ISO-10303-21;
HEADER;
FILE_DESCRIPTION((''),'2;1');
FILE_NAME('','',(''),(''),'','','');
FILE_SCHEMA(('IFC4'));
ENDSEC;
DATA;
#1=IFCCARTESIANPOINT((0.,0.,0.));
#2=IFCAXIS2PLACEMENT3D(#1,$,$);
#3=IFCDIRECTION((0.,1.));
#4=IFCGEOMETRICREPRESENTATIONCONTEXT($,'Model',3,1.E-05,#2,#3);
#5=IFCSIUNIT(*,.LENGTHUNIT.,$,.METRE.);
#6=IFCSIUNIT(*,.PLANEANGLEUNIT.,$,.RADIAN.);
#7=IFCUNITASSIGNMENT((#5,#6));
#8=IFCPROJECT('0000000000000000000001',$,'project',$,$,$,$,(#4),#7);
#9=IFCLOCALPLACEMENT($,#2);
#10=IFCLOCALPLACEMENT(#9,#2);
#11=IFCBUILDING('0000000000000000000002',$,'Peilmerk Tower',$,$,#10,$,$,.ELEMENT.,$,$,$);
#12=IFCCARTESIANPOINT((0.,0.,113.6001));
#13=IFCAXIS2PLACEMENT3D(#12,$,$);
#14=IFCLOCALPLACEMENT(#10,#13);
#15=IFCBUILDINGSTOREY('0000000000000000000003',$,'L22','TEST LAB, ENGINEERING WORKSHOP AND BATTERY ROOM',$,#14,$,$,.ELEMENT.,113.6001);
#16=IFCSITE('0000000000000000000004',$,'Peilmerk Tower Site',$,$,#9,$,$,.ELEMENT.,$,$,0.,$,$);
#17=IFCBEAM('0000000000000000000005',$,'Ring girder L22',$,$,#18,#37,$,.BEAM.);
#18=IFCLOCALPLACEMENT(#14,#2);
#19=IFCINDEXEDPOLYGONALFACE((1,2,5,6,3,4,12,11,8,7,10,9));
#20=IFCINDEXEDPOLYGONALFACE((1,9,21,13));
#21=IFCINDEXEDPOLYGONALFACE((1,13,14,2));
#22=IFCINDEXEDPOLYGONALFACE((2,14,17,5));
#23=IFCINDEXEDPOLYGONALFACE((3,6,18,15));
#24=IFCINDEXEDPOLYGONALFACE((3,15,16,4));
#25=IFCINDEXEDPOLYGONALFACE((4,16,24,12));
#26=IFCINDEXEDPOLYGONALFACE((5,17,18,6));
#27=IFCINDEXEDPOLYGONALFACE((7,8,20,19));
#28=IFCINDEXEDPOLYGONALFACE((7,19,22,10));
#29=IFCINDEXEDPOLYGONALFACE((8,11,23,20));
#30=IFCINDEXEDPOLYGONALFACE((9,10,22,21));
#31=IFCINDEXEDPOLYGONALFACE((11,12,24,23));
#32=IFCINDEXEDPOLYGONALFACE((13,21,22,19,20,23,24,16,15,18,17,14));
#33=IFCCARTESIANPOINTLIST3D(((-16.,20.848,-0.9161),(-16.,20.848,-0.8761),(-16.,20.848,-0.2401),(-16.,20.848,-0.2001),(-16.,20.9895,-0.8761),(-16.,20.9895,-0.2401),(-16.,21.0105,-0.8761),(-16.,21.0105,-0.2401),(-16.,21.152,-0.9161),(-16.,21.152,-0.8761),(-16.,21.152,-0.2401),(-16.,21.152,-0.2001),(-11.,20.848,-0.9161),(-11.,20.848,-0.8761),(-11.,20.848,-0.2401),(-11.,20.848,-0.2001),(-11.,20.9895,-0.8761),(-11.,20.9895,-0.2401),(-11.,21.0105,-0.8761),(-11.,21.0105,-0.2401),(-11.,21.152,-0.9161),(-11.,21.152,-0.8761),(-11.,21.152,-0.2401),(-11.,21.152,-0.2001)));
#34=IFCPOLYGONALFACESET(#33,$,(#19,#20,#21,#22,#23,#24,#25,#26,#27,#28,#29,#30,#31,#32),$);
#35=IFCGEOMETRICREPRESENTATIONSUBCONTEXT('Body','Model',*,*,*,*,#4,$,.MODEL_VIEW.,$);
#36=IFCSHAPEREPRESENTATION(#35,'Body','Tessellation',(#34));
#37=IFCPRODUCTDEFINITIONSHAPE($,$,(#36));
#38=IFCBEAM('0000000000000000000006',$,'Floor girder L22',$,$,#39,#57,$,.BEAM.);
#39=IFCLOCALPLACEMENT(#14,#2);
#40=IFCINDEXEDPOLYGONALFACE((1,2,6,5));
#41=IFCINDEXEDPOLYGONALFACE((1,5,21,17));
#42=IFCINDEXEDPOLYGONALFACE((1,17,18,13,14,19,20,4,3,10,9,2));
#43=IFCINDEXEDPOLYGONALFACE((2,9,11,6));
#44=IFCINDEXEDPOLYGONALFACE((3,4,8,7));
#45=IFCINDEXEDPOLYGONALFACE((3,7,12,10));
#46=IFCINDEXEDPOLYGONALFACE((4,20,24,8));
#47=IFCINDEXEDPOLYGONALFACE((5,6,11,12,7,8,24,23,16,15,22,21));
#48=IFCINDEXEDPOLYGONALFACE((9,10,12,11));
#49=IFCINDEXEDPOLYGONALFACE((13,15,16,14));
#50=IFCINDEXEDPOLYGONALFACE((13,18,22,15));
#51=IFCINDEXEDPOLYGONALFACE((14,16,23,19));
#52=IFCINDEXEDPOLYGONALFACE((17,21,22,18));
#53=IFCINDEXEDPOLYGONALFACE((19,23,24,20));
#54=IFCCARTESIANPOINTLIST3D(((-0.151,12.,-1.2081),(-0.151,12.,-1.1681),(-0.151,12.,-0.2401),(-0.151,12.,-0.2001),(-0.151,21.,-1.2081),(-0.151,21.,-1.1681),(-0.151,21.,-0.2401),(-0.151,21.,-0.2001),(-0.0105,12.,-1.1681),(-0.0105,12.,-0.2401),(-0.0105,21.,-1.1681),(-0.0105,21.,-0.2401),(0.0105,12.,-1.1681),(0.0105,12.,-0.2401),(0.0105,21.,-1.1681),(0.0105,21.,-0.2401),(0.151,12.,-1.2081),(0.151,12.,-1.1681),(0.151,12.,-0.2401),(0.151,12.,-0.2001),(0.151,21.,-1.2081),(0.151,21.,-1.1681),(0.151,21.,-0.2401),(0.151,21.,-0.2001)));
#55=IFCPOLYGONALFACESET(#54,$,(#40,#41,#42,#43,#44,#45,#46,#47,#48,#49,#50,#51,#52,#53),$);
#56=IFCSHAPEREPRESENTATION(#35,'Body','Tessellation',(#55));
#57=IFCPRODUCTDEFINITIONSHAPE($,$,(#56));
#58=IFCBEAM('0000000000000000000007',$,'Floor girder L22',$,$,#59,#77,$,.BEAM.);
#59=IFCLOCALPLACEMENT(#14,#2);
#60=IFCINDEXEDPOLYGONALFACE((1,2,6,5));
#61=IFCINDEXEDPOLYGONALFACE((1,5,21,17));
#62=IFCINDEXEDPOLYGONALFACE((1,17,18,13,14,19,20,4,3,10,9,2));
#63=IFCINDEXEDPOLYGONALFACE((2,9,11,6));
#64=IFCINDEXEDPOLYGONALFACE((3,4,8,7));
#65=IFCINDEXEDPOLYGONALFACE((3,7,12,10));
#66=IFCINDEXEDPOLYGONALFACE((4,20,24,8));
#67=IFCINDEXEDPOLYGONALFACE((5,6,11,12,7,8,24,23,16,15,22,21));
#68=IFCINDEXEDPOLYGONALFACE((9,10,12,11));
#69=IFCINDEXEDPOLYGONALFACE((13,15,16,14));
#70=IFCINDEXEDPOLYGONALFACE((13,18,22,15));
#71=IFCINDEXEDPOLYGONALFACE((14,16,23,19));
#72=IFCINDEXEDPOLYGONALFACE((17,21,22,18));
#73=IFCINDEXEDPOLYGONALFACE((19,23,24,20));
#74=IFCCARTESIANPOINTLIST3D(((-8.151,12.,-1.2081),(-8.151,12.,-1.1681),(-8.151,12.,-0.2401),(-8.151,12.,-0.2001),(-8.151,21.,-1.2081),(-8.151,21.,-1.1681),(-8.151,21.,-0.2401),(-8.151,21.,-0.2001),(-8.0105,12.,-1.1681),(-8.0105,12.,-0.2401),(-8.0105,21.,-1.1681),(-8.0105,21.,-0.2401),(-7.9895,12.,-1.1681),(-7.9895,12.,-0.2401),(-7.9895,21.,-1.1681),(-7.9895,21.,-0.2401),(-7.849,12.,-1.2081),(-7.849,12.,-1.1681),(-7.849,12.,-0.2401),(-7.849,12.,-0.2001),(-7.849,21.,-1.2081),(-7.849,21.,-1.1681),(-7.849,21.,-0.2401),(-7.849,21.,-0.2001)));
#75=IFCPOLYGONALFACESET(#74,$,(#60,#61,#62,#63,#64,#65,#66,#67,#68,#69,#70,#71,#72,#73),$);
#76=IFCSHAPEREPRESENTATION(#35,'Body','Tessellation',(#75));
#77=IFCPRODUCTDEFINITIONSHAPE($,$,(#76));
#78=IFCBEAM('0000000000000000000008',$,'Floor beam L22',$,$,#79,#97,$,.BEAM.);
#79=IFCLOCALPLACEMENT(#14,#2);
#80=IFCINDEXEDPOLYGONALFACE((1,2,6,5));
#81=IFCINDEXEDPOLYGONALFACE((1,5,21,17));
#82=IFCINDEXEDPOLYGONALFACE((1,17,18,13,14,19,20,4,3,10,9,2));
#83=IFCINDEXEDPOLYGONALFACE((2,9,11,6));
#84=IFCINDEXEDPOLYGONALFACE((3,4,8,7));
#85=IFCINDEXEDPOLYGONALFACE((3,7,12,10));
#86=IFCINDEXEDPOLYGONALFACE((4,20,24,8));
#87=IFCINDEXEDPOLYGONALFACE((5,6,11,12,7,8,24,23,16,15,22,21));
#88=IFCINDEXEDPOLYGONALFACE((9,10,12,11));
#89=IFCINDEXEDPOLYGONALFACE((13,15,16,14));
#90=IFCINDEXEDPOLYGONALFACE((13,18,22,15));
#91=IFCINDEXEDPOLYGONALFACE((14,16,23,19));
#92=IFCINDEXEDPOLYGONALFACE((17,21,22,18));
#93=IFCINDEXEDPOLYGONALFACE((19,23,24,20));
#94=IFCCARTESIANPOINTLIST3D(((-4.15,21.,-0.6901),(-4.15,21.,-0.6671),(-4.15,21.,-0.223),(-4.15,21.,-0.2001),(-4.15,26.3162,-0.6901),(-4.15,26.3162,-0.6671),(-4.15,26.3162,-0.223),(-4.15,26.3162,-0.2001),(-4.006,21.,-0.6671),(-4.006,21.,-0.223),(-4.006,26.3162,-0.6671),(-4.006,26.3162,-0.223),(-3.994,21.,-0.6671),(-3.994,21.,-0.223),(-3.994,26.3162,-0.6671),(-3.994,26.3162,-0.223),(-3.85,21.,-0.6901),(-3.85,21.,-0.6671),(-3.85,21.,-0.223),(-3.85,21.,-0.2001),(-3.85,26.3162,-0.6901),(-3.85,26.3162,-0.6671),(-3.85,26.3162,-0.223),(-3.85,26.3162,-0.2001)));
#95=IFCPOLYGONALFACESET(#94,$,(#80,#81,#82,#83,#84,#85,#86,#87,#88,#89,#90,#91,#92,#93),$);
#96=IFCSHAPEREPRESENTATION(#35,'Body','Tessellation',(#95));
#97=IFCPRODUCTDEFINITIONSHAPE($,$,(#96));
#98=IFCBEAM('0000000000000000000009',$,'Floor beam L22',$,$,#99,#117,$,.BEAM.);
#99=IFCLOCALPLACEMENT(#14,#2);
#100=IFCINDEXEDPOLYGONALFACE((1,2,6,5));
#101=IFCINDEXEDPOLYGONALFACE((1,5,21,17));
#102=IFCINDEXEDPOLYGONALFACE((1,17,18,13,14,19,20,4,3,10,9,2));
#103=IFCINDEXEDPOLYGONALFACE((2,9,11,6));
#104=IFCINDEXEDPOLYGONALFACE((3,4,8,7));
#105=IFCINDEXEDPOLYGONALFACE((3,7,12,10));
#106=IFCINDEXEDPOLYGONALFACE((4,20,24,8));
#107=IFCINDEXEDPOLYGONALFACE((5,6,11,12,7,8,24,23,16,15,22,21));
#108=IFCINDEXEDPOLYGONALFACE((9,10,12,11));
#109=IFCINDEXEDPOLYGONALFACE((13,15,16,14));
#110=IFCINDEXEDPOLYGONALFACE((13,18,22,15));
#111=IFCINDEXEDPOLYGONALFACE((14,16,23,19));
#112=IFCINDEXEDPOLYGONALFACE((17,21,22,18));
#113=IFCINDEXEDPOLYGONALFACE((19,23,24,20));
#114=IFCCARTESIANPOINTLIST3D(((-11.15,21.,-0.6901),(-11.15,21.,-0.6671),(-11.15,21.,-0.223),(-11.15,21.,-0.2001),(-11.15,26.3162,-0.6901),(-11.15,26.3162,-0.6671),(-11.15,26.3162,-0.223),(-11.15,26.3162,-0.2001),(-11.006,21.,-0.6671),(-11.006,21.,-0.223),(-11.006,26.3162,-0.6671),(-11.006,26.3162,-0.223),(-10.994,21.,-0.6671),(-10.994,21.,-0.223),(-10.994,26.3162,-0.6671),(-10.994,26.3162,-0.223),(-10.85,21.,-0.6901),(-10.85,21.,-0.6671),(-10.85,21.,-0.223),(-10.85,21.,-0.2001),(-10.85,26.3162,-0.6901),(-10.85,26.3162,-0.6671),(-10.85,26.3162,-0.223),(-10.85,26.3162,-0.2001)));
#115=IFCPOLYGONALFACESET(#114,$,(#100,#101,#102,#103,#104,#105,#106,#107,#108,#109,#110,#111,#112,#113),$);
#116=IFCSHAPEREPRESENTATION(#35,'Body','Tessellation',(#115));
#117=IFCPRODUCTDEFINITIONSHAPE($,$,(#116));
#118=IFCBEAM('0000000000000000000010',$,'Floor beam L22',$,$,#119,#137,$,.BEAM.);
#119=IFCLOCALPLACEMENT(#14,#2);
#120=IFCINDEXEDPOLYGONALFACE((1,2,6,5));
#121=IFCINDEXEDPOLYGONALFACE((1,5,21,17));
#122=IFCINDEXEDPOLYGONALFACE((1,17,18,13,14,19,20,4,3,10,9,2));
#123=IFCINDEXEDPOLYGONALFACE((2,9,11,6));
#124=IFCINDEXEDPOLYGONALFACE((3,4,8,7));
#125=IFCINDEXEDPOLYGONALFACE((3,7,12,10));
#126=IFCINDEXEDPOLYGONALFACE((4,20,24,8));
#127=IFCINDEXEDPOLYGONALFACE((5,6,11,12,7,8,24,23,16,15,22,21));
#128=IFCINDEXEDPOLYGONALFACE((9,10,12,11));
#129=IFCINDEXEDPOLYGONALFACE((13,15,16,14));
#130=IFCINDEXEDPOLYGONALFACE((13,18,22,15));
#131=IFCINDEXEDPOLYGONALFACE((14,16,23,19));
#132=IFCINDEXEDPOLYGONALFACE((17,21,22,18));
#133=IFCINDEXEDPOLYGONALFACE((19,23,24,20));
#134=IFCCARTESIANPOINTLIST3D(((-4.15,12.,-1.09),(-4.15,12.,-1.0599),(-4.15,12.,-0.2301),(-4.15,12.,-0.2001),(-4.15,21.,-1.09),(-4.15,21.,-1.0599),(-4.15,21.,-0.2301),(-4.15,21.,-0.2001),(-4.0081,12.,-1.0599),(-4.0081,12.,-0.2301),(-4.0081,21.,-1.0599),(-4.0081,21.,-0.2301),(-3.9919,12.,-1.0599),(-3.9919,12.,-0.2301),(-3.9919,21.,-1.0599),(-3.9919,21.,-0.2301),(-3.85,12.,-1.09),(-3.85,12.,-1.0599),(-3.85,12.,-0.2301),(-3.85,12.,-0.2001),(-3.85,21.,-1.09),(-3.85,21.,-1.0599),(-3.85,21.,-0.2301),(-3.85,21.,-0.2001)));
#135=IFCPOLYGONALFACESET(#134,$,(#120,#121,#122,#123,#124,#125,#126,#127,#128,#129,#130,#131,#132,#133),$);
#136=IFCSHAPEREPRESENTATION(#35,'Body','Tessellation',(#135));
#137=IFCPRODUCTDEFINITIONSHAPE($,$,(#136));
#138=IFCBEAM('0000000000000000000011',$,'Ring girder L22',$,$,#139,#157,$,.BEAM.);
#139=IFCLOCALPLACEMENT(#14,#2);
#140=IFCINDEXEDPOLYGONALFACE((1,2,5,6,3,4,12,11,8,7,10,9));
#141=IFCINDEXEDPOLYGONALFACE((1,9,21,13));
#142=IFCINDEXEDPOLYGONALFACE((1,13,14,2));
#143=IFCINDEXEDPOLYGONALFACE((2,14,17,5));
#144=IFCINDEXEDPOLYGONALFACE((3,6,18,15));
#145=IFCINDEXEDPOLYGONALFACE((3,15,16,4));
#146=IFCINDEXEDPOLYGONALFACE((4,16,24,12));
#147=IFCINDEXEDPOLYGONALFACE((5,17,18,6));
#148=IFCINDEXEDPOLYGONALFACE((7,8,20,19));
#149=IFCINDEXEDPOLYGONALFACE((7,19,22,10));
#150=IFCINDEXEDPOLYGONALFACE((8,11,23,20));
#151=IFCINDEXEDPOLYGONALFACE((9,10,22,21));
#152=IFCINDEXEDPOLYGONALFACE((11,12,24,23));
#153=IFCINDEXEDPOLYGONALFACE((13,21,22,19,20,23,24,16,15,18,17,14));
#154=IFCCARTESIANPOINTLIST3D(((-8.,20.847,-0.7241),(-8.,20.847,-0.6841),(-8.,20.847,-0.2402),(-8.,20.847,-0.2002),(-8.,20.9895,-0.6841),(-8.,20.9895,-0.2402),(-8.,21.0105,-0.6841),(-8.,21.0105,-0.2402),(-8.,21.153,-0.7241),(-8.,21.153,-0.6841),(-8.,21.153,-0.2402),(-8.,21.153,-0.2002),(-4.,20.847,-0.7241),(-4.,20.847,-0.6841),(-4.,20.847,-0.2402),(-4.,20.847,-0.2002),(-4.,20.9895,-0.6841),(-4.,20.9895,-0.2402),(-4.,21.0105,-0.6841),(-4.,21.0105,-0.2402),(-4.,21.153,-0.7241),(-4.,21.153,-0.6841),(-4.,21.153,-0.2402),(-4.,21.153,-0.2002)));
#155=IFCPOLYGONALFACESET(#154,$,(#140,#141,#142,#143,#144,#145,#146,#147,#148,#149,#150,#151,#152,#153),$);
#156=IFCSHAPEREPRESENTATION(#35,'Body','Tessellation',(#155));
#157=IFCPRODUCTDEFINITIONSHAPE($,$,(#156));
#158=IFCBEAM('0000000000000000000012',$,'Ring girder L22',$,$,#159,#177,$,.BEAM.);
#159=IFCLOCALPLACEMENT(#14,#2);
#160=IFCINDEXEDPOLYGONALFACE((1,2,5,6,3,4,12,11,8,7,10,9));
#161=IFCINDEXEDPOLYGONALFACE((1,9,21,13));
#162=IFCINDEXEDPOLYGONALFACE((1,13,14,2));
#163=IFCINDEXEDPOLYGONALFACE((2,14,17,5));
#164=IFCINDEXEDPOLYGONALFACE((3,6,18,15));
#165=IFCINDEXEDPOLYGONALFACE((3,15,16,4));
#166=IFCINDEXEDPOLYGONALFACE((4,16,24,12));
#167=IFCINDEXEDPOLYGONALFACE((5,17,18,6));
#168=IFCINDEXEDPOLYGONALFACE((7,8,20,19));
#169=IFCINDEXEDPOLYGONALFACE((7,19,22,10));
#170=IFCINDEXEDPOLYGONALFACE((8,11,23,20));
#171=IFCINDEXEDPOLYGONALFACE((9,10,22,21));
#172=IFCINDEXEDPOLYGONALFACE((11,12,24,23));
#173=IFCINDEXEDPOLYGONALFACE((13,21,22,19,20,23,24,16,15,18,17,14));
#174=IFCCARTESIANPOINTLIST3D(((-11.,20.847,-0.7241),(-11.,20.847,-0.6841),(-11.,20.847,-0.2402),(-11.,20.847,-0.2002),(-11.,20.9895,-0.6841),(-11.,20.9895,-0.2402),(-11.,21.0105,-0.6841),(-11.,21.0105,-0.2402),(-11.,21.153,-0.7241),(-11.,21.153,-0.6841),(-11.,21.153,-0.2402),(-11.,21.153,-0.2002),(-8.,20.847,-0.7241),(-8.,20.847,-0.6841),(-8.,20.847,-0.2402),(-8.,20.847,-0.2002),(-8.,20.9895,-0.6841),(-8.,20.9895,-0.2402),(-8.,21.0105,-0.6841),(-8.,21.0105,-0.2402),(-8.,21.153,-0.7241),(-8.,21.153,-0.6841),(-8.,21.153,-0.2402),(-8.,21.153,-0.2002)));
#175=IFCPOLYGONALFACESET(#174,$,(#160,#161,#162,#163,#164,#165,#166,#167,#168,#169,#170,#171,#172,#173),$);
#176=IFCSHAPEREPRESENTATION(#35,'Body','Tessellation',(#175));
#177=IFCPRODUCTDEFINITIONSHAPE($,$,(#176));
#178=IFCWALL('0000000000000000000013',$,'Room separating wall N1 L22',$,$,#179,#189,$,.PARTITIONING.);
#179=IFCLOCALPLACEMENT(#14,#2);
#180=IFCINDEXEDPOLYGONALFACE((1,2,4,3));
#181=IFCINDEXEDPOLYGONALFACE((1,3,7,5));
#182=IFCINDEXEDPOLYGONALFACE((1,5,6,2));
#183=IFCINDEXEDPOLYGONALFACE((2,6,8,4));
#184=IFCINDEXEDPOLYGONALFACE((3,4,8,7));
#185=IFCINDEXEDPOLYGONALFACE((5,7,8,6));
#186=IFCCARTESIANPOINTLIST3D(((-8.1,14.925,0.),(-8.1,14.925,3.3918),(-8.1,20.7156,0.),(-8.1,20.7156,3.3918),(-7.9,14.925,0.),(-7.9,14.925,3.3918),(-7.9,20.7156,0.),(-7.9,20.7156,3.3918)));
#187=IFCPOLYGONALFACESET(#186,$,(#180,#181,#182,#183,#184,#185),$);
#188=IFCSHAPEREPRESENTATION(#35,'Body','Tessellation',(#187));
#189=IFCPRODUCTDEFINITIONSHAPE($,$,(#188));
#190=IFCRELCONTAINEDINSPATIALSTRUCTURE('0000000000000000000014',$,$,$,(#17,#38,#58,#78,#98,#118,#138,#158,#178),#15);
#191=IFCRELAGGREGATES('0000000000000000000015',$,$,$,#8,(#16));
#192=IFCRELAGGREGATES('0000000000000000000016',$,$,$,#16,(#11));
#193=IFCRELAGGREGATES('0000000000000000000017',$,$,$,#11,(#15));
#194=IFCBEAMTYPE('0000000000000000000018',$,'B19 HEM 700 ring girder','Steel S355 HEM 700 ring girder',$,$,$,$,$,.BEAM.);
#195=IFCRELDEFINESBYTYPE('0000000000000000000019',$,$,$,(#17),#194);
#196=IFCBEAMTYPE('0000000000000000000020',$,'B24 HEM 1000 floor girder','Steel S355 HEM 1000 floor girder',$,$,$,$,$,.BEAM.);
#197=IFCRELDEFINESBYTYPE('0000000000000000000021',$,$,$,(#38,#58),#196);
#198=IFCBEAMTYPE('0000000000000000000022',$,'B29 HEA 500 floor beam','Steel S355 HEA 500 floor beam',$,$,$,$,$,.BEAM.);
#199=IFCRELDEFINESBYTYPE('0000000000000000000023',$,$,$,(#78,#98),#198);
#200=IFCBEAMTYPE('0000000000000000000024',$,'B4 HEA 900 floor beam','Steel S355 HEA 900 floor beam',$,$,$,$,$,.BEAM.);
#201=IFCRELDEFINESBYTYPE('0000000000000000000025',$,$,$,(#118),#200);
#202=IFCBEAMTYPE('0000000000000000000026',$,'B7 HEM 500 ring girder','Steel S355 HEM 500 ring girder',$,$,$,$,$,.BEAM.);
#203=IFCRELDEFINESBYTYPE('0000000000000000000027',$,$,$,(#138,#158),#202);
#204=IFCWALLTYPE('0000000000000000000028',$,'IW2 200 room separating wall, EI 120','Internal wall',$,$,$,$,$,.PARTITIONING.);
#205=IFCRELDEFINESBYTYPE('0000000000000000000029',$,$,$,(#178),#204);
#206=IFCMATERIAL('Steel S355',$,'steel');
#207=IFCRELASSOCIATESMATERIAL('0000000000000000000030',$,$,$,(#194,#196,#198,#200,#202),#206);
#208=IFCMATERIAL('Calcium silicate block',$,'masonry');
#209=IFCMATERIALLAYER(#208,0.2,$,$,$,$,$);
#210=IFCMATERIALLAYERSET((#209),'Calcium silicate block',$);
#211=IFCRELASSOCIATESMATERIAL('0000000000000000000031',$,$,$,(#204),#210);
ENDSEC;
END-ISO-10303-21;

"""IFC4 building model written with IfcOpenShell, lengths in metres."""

from ifc_helpers import new_model, si_unit, direction, frame, frame_2d, origin, origin_2d, place, context, subcontext, project, spatial, rectangle, i_section, extrude, material, layer, layer_set, material_profile, profile_set, type_object, element, save


model = new_model("IFC4")

# Units and contexts
model_context = context("Model", 3, precision=1e-05, world=origin(), true_north=direction((0.0, 1.0)))
body_context = subcontext(model_context, "Body", "Model", "MODEL_VIEW")
ifc_project = project(units=[si_unit("LENGTHUNIT", "METRE"), si_unit("PLANEANGLEUNIT", "RADIAN")], contexts=[model_context])

# Site, building, storey
site_placement = place(None, origin())
site = spatial("IfcSite", under=ifc_project, at=site_placement, Name="Peilmerk Tower Site", CompositionType="ELEMENT", RefElevation=0.0)
building_placement = place(site_placement, origin())
building = spatial("IfcBuilding", under=site, at=building_placement, Name="Peilmerk Tower", CompositionType="ELEMENT")
storey_placement = place(building_placement, frame((0.0, 0.0, 113.6001)))
storey = spatial("IfcBuildingStorey", under=building, at=storey_placement, Name="L22", Description="TEST LAB, ENGINEERING WORKSHOP AND BATTERY ROOM", CompositionType="ELEMENT", Elevation=113.6001)

# Beams
ifc_material_1 = material(Name="Steel S355", Category="steel")
ifc_material_profile_1 = material_profile(ifc_material_1, i_section(OverallWidth=0.304, OverallDepth=0.7161, WebThickness=0.021, FlangeThickness=0.04, at=origin_2d()), Name="HEM 700")
ifc_profile_set_1 = profile_set([ifc_material_profile_1], Name="Steel S355")
beam_type_1 = type_object("IfcBeamType", Name="B19 HEM 700 ring girder", Description="Steel S355 HEM 700 ring girder", PredefinedType="BEAM", material=ifc_profile_set_1)
beam_1_placement = place(storey_placement, frame((-11.0, 21.0, -0.5581), z_axis=(-1.0, 0.0, 0.0), x_axis=(0.0, -1.0, 0.0)))
element("IfcBeam", 1, at=beam_1_placement, inside=storey, type_object=beam_type_1, Name="Ring girder L22", PredefinedType="BEAM", context=body_context, shape_type="SweptSolid", body=[
    extrude(i_section(OverallWidth=0.304, OverallDepth=0.7161, WebThickness=0.021, FlangeThickness=0.04, at=origin_2d()), origin(), (0.0, 0.0, 1.0), 5.0),
])
ifc_material_profile_2 = material_profile(ifc_material_1, i_section(OverallWidth=0.302, OverallDepth=1.0081, WebThickness=0.021, FlangeThickness=0.04, at=origin_2d()), Name="HEM 1000")
ifc_profile_set_2 = profile_set([ifc_material_profile_2], Name="Steel S355")
beam_type_2 = type_object("IfcBeamType", Name="B24 HEM 1000 floor girder", Description="Steel S355 HEM 1000 floor girder", PredefinedType="BEAM", material=ifc_profile_set_2)
for number, where, z_axis, x_axis, name in (
    (2, (0.0, 12.0, -0.7041), (0.0, 1.0, 0.0), (-1.0, 0.0, 0.0), "Floor girder L22"),
    (3, (-8.0, 12.0, -0.7041), (0.0, 1.0, 0.0), (-1.0, 0.0, 0.0), "Floor girder L22"),
):
    element("IfcBeam", number, at=place(storey_placement, frame(where, z_axis=z_axis, x_axis=x_axis)), inside=storey, type_object=beam_type_2, Name=name, PredefinedType="BEAM", context=body_context, shape_type="SweptSolid", body=[
        extrude(i_section(OverallWidth=0.302, OverallDepth=1.0081, WebThickness=0.021, FlangeThickness=0.04, at=origin_2d()), origin(), (0.0, 0.0, 1.0), 9.0),
    ])
ifc_material_profile_3 = material_profile(ifc_material_1, i_section(OverallWidth=0.3, OverallDepth=0.49, WebThickness=0.012, FlangeThickness=0.0229, at=origin_2d()), Name="HEA 500")
ifc_profile_set_3 = profile_set([ifc_material_profile_3], Name="Steel S355")
beam_type_3 = type_object("IfcBeamType", Name="B29 HEA 500 floor beam", Description="Steel S355 HEA 500 floor beam", PredefinedType="BEAM", material=ifc_profile_set_3)
for number, where, z_axis, x_axis, name in (
    (4, (-4.0, 21.0, -0.4451), (0.0, 1.0, 0.0), (-1.0, 0.0, 0.0), "Floor beam L22"),
    (5, (-11.0, 21.0, -0.4451), (0.0, 1.0, 0.0), (-1.0, 0.0, 0.0), "Floor beam L22"),
):
    element("IfcBeam", number, at=place(storey_placement, frame(where, z_axis=z_axis, x_axis=x_axis)), inside=storey, type_object=beam_type_3, Name=name, PredefinedType="BEAM", context=body_context, shape_type="SweptSolid", body=[
        extrude(i_section(OverallWidth=0.3, OverallDepth=0.49, WebThickness=0.012, FlangeThickness=0.0229, at=origin_2d()), origin(), (0.0, 0.0, 1.0), 5.3162),
    ])
ifc_material_profile_4 = material_profile(ifc_material_1, i_section(OverallWidth=0.3, OverallDepth=0.8899, WebThickness=0.0161, FlangeThickness=0.03, at=origin_2d()), Name="HEA 900")
ifc_profile_set_4 = profile_set([ifc_material_profile_4], Name="Steel S355")
beam_type_4 = type_object("IfcBeamType", Name="B4 HEA 900 floor beam", Description="Steel S355 HEA 900 floor beam", PredefinedType="BEAM", material=ifc_profile_set_4)
beam_2_placement = place(storey_placement, frame((-4.0, 12.0, -0.645), z_axis=(0.0, 1.0, 0.0), x_axis=(-1.0, 0.0, 0.0)))
element("IfcBeam", 6, at=beam_2_placement, inside=storey, type_object=beam_type_4, Name="Floor beam L22", PredefinedType="BEAM", context=body_context, shape_type="SweptSolid", body=[
    extrude(i_section(OverallWidth=0.3, OverallDepth=0.8899, WebThickness=0.0161, FlangeThickness=0.03, at=origin_2d()), origin(), (0.0, 0.0, 1.0), 9.0),
])
ifc_material_profile_5 = material_profile(ifc_material_1, i_section(OverallWidth=0.3059, OverallDepth=0.5239, WebThickness=0.021, FlangeThickness=0.04, at=origin_2d()), Name="HEM 500")
ifc_profile_set_5 = profile_set([ifc_material_profile_5], Name="Steel S355")
beam_type_5 = type_object("IfcBeamType", Name="B7 HEM 500 ring girder", Description="Steel S355 HEM 500 ring girder", PredefinedType="BEAM", material=ifc_profile_set_5)
beam_3_placement = place(storey_placement, frame((-4.0, 21.0, -0.4622), z_axis=(-1.0, 0.0, 0.0), x_axis=(0.0, -1.0, 0.0)))
element("IfcBeam", 7, at=beam_3_placement, inside=storey, type_object=beam_type_5, Name="Ring girder L22", PredefinedType="BEAM", context=body_context, shape_type="SweptSolid", body=[
    extrude(i_section(OverallWidth=0.3059, OverallDepth=0.5239, WebThickness=0.021, FlangeThickness=0.04, at=origin_2d()), origin(), (0.0, 0.0, 1.0), 4.0),
])
beam_4_placement = place(storey_placement, frame((-8.0, 21.0, -0.4622), z_axis=(-1.0, 0.0, 0.0), x_axis=(0.0, -1.0, 0.0)))
element("IfcBeam", 8, at=beam_4_placement, inside=storey, type_object=beam_type_5, Name="Ring girder L22", PredefinedType="BEAM", context=body_context, shape_type="SweptSolid", body=[
    extrude(i_section(OverallWidth=0.3059, OverallDepth=0.5239, WebThickness=0.021, FlangeThickness=0.04, at=origin_2d()), origin(), (0.0, 0.0, 1.0), 3.0),
])

# Wall
ifc_material_2 = material(Name="Calcium silicate block", Category="masonry")
ifc_layer = layer(ifc_material_2, 0.2)
ifc_layer_set = layer_set([ifc_layer], Name="Calcium silicate block")
wall_type = type_object("IfcWallType", Name="IW2 200 room separating wall, EI 120", Description="Internal wall", PredefinedType="PARTITIONING", material=ifc_layer_set)
wall_1_placement = place(storey_placement, frame((-8.0, 14.925, 0.0), z_axis=(0.0, 0.0, 1.0), x_axis=(0.0, 1.0, 0.0)))
element("IfcWall", 9, at=wall_1_placement, inside=storey, type_object=wall_type, Name="Room separating wall N1 L22", PredefinedType="PARTITIONING", context=body_context, shape_type="SweptSolid", body=[
    extrude(rectangle(XDim=5.7905, YDim=0.2, at=frame_2d((2.8953, 0.0))), origin(), (0.0, 0.0, 1.0), 3.3918),
])

save(model, "model.ifc")
